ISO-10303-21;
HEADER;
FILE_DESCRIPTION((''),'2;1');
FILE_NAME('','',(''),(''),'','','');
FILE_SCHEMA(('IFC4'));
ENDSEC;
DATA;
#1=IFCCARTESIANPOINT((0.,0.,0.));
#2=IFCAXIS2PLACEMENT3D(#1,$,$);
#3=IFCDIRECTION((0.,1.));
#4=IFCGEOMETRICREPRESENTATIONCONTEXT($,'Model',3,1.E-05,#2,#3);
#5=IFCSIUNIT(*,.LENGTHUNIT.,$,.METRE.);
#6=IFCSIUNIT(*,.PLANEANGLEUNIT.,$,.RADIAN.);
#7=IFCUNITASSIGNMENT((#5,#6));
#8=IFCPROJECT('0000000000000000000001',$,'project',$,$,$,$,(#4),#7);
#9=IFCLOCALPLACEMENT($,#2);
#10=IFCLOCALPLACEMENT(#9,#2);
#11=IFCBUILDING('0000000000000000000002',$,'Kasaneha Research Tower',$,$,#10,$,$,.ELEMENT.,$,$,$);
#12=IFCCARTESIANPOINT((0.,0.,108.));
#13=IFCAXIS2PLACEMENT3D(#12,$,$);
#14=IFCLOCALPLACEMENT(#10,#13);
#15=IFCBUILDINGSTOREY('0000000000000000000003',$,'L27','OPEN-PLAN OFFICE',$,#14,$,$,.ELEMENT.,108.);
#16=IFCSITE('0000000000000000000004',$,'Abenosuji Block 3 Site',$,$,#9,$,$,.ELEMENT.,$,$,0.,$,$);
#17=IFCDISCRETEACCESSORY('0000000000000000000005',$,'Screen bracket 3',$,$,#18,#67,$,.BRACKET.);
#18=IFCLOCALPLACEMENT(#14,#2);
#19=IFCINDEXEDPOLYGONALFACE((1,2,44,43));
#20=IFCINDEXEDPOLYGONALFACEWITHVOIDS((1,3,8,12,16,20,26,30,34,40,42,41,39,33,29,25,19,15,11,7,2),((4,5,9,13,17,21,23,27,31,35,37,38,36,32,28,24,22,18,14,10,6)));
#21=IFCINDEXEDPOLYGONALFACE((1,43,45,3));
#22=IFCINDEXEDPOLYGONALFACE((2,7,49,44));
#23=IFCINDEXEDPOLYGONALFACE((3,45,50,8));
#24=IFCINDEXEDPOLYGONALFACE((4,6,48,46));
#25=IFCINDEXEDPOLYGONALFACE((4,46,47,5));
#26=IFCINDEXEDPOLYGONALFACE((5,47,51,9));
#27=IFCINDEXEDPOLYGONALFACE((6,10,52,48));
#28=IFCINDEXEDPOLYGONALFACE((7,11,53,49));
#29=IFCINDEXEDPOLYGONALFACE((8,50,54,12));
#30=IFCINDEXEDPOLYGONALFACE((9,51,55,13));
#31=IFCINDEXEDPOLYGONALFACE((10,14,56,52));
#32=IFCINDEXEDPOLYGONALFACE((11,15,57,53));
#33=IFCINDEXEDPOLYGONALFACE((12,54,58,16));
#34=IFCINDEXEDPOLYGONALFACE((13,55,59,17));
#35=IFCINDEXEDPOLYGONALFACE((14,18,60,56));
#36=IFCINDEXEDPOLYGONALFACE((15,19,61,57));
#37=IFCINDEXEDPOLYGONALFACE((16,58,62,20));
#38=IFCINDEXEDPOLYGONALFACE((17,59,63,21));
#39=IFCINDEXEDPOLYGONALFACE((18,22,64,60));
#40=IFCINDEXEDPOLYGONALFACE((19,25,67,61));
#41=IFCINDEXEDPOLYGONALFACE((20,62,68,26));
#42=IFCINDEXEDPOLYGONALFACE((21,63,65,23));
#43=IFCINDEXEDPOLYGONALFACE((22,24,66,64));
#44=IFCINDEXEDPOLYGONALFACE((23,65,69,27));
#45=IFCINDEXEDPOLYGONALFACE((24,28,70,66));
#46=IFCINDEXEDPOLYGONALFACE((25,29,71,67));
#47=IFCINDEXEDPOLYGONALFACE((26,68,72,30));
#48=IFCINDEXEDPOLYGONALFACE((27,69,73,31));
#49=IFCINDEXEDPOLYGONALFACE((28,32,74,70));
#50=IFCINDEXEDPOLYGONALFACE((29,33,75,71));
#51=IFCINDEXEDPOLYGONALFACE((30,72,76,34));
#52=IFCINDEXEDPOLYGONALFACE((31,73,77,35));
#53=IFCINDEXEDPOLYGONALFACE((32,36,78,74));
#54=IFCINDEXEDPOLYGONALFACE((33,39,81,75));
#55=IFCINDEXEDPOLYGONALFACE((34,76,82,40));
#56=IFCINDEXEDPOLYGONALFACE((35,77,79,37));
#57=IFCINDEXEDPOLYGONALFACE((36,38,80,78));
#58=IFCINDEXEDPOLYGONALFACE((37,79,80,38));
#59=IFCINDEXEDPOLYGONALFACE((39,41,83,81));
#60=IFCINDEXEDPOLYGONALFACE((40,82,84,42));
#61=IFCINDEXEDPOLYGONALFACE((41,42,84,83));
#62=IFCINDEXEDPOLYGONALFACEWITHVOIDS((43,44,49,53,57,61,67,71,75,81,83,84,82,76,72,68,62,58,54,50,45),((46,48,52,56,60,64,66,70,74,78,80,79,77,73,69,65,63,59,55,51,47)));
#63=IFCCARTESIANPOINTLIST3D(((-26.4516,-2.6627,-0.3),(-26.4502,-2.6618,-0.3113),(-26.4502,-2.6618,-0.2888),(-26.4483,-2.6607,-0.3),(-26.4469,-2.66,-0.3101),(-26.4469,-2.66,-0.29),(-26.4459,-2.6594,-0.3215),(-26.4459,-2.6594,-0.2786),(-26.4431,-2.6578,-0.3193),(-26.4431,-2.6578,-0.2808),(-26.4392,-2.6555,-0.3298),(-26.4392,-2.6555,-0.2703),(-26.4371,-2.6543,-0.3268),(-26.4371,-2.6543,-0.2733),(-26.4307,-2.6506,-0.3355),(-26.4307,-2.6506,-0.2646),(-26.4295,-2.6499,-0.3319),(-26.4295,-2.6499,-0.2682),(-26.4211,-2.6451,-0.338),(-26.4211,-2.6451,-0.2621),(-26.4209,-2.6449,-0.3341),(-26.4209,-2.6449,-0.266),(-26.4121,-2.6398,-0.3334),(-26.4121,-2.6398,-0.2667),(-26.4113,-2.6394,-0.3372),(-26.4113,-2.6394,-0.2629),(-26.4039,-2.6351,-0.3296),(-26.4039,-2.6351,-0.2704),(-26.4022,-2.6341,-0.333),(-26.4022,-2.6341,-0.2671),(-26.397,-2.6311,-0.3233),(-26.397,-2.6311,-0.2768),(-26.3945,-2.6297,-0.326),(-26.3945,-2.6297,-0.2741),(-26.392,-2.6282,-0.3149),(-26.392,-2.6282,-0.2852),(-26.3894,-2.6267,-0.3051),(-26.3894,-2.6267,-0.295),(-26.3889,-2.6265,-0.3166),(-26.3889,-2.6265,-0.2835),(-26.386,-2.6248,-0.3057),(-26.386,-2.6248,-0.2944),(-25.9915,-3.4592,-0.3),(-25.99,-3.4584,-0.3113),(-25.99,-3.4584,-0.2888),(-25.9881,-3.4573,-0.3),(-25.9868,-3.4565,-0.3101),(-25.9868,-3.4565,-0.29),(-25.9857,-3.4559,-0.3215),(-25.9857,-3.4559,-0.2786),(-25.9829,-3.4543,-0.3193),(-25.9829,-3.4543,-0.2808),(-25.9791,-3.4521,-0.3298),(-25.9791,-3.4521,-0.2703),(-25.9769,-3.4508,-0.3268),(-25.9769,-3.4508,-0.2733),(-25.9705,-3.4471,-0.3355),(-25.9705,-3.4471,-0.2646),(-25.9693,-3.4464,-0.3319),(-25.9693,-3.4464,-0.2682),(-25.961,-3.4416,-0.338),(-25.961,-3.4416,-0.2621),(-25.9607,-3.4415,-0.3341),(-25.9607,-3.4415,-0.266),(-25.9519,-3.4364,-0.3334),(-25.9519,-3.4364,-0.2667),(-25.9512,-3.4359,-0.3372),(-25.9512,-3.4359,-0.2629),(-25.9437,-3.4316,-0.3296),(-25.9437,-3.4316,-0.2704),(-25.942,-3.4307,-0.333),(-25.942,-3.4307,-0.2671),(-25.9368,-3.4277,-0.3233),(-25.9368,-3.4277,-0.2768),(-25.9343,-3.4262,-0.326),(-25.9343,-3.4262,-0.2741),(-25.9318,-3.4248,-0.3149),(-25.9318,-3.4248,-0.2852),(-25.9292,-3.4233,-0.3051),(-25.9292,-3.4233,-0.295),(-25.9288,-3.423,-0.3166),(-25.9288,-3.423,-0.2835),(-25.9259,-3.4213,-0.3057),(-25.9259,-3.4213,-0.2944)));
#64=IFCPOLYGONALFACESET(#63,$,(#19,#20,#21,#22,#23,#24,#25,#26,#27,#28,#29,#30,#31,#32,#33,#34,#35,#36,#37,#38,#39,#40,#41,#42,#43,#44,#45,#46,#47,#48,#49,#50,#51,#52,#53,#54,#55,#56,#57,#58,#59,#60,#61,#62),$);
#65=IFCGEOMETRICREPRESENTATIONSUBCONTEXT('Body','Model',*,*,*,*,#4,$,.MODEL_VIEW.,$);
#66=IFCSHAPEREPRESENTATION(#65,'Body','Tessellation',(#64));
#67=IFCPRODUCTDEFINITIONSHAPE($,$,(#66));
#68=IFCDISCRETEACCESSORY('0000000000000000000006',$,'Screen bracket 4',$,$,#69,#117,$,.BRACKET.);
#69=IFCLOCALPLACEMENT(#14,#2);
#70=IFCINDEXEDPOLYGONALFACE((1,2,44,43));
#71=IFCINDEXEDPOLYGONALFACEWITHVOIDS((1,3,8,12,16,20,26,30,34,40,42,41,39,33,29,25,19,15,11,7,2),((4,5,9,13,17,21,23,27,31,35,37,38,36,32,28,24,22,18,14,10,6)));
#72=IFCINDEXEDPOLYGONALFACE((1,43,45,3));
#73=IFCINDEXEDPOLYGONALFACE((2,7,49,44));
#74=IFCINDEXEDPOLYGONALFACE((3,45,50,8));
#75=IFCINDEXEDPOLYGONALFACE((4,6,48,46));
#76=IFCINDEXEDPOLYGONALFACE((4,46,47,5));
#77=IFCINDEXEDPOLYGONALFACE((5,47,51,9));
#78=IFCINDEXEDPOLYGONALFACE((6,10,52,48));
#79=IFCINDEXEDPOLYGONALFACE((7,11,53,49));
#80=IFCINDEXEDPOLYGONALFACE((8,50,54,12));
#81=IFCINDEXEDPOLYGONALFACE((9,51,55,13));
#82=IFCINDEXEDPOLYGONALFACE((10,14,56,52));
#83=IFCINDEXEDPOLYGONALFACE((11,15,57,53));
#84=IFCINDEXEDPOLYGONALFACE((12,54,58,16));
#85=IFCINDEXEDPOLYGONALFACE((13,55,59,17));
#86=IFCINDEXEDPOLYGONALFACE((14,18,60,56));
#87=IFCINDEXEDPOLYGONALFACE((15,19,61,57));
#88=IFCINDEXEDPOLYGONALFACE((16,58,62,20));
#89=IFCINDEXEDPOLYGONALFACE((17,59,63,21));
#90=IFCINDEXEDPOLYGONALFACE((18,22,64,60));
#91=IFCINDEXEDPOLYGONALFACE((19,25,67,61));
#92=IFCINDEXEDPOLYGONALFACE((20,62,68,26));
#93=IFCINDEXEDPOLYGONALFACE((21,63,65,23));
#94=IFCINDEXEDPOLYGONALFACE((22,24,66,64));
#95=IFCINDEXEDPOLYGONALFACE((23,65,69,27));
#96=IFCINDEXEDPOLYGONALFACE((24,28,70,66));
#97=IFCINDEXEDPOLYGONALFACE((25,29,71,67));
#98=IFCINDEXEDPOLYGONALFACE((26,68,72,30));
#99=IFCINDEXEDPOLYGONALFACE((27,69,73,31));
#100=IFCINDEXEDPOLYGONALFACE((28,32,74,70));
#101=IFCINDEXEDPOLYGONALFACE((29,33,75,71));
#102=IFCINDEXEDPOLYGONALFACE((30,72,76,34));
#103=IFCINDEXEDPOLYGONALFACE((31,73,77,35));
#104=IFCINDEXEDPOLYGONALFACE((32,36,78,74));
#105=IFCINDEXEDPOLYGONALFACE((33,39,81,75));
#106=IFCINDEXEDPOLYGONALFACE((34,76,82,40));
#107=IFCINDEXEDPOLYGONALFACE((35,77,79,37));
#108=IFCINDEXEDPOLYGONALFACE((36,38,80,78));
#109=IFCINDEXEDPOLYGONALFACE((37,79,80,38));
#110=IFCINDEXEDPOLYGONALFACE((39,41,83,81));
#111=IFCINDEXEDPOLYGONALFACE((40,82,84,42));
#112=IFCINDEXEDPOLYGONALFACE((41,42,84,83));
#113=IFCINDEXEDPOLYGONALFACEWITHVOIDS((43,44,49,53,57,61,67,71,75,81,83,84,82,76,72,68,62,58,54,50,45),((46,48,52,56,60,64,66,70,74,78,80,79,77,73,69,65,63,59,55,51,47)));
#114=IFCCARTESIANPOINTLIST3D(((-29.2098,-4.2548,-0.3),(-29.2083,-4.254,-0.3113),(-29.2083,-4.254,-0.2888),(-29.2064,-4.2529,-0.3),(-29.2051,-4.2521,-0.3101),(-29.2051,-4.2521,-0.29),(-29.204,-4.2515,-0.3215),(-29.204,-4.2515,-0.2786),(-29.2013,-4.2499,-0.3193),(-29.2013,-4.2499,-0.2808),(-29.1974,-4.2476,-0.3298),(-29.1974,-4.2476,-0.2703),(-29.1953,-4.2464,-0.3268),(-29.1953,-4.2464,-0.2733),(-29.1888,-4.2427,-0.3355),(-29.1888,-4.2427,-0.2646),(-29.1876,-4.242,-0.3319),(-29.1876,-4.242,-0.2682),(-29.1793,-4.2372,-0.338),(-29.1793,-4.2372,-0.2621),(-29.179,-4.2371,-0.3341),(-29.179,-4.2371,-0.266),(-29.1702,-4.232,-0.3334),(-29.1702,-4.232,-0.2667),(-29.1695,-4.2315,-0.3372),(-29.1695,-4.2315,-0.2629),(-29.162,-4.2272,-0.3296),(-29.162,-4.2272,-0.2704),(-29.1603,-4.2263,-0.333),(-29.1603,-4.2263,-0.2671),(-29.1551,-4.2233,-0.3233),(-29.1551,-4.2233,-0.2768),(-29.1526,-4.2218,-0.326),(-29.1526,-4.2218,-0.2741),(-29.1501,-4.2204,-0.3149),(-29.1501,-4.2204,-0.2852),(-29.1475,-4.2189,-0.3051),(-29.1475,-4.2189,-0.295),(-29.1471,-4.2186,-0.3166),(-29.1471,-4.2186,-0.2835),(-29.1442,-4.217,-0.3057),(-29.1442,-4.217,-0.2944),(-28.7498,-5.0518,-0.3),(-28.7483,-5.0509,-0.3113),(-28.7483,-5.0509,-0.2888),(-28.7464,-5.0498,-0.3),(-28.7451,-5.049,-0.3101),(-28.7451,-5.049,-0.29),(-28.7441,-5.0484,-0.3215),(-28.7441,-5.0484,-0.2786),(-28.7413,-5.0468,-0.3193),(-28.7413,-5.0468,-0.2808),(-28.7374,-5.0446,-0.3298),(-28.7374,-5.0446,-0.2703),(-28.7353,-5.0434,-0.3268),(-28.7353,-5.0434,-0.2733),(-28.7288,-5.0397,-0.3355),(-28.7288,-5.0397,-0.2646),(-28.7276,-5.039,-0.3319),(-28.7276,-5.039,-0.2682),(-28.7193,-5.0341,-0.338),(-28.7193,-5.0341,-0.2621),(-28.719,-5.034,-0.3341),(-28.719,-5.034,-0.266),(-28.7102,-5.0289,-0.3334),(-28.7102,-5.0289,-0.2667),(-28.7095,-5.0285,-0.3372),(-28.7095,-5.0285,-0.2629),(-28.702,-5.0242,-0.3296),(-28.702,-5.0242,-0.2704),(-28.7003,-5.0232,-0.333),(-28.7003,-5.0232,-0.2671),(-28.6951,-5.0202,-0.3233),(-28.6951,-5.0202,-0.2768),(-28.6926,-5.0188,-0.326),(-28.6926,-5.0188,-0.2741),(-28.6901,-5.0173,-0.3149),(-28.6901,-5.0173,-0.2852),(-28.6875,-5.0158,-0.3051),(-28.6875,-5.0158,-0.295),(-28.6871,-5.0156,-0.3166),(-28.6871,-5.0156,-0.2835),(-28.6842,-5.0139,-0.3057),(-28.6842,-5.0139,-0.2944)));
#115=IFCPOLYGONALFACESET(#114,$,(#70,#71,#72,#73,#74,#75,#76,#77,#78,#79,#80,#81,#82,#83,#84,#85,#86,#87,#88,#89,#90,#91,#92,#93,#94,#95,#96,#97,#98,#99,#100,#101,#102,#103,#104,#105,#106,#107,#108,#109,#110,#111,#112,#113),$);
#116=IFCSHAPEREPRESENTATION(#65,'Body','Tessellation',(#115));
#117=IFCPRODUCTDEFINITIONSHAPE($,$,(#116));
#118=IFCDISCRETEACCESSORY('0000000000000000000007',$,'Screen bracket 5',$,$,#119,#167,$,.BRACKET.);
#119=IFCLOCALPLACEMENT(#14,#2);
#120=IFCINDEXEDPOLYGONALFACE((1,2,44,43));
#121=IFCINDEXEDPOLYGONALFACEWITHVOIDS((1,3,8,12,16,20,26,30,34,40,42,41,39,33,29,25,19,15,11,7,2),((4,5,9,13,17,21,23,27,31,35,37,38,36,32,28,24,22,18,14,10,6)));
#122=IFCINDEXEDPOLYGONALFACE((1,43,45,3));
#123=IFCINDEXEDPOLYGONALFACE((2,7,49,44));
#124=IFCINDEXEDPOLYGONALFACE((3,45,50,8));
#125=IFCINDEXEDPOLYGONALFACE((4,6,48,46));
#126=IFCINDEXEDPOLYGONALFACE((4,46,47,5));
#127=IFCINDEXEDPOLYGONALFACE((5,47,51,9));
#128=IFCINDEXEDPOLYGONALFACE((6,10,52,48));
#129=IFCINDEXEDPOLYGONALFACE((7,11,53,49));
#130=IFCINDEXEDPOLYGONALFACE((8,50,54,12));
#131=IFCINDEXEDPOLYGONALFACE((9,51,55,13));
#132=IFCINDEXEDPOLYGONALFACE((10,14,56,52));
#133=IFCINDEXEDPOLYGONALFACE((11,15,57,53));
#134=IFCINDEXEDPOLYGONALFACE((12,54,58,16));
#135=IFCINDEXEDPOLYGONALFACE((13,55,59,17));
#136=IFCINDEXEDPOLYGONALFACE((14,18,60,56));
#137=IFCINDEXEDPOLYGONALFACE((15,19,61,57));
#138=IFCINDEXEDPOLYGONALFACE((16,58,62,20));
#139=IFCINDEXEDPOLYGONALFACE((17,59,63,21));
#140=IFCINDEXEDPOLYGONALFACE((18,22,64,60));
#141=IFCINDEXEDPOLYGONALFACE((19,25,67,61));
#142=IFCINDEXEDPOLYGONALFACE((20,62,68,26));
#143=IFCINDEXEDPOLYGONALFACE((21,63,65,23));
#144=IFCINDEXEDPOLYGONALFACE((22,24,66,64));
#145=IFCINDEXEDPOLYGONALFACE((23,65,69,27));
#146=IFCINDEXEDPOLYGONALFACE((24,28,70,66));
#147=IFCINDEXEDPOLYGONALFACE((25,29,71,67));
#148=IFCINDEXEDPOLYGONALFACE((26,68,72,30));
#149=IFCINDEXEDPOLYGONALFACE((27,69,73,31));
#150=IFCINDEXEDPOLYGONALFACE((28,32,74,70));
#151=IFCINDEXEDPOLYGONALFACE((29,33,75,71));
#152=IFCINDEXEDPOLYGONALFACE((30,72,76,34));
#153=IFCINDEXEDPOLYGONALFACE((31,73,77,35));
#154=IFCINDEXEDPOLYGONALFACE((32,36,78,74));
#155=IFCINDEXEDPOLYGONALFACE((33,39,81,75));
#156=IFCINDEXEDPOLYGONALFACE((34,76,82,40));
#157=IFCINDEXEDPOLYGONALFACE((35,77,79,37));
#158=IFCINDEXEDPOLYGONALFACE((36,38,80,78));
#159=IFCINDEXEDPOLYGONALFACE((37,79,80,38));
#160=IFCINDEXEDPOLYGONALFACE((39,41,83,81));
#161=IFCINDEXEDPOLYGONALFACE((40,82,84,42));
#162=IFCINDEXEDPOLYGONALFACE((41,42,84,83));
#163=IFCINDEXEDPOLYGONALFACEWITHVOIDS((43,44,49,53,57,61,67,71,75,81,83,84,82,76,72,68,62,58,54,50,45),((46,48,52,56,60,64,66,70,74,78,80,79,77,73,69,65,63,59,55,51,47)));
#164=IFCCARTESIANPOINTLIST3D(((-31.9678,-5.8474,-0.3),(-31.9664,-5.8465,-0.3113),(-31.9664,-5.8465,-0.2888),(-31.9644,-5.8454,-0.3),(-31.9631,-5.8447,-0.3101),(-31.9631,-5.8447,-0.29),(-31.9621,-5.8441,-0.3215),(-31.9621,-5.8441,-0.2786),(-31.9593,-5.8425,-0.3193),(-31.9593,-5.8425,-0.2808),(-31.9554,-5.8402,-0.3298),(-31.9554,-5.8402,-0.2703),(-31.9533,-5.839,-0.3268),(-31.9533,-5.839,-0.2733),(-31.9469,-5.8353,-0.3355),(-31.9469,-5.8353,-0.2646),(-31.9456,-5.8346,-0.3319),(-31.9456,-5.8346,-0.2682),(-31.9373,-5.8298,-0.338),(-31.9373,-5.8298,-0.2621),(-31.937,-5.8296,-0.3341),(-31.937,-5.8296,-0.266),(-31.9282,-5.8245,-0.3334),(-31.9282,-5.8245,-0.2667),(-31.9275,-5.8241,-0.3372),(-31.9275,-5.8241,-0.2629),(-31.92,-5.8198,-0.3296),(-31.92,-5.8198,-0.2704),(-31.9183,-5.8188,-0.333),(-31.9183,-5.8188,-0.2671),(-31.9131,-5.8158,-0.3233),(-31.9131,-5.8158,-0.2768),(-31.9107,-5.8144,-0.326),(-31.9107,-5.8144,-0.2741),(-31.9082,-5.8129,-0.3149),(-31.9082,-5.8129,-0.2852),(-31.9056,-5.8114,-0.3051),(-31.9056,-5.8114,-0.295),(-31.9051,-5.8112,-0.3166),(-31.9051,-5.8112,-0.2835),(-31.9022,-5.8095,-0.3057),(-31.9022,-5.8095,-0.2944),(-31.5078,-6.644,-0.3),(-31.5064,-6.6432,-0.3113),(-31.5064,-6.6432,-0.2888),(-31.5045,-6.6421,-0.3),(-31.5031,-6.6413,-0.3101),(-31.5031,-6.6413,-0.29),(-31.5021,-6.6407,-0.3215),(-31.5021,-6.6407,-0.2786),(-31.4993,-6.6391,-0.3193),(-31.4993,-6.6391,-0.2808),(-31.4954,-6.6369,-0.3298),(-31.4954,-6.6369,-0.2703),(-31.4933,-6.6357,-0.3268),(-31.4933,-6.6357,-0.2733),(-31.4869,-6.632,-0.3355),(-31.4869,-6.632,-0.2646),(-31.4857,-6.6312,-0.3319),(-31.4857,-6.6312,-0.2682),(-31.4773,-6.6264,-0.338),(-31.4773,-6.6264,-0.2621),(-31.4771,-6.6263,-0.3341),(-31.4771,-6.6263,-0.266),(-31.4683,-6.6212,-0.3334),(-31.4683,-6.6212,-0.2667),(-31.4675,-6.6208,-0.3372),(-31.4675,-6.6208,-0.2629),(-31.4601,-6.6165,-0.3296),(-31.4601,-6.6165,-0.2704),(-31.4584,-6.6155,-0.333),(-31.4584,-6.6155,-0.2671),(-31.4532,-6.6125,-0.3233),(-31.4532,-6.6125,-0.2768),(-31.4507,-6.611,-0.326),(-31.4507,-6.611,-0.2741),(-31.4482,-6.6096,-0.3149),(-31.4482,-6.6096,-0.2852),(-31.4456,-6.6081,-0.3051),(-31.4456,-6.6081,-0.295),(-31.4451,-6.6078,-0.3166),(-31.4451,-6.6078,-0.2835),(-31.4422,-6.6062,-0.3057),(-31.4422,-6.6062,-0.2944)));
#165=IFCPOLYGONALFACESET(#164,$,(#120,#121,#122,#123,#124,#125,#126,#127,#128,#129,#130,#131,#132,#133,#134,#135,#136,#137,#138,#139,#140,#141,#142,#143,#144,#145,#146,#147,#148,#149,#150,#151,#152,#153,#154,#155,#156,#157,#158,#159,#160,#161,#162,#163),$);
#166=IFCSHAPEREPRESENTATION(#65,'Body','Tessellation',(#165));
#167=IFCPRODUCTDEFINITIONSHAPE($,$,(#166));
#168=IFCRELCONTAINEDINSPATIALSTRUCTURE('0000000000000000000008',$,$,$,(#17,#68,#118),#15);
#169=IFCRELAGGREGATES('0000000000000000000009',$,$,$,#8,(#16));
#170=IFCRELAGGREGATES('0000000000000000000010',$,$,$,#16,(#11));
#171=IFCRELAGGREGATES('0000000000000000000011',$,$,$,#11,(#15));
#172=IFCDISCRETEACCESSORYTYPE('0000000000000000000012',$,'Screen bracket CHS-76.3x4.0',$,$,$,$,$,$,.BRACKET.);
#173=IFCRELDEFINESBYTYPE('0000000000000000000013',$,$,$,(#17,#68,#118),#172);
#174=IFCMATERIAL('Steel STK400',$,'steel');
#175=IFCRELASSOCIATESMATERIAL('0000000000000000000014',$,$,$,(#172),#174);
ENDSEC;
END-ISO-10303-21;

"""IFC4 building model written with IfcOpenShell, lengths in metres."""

from ifc_helpers import new_model, si_unit, direction, frame, origin, origin_2d, place, context, subcontext, project, spatial, hollow_circle, extrude, material, material_profile, profile_set, type_object, element, save


model = new_model("IFC4")

# Units and contexts
model_context = context("Model", 3, precision=1e-05, world=origin(), true_north=direction((0.0, 1.0)))
body_context = subcontext(model_context, "Body", "Model", "MODEL_VIEW")
ifc_project = project(units=[si_unit("LENGTHUNIT", "METRE"), si_unit("PLANEANGLEUNIT", "RADIAN")], contexts=[model_context])

# Site, building, storey
site_placement = place(None, origin())
site = spatial("IfcSite", under=ifc_project, at=site_placement, Name="Abenosuji Block 3 Site", CompositionType="ELEMENT", RefElevation=0.0)
building_placement = place(site_placement, origin())
building = spatial("IfcBuilding", under=site, at=building_placement, Name="Kasaneha Research Tower", CompositionType="ELEMENT")
storey_placement = place(building_placement, frame((0.0, 0.0, 108.0)))
storey = spatial("IfcBuildingStorey", under=building, at=storey_placement, Name="L27", Description="OPEN-PLAN OFFICE", CompositionType="ELEMENT", Elevation=108.0)

# Discrete accessories
ifc_material_1 = material(Name="Steel STK400", Category="steel")
ifc_material_profile_1 = material_profile(ifc_material_1, hollow_circle(Radius=0.0381, WallThickness=0.0039, at=origin_2d()), Name="CHS-76.3x4.0")
ifc_profile_set_1 = profile_set([ifc_material_profile_1], Name="Steel STK400")
discrete_accessory_type = type_object("IfcDiscreteAccessoryType", Name="Screen bracket CHS-76.3x4.0", PredefinedType="BRACKET", material=ifc_profile_set_1)
discrete_accessory_1_placement = place(storey_placement, frame((-25.9585, -3.4402, -0.3), z_axis=(-0.50022, 0.865898, 0.0), x_axis=(-0.865898, -0.50022, 0.0)))
element("IfcDiscreteAccessory", 1, at=discrete_accessory_1_placement, inside=storey, type_object=discrete_accessory_type, Name="Screen bracket 3", PredefinedType="BRACKET", context=body_context, shape_type="SweptSolid", body=[
    extrude(hollow_circle(Radius=0.0381, WallThickness=0.0039, at=origin_2d()), origin(), (0.0, 0.0, 1.0), 0.9199),
])
discrete_accessory_2_placement = place(storey_placement, frame((-28.7168, -5.0327, -0.3), z_axis=(-0.499906, 0.86608, 0.0), x_axis=(-0.86608, -0.499906, 0.0)))
element("IfcDiscreteAccessory", 2, at=discrete_accessory_2_placement, inside=storey, type_object=discrete_accessory_type, Name="Screen bracket 4", PredefinedType="BRACKET", context=body_context, shape_type="SweptSolid", body=[
    extrude(hollow_circle(Radius=0.0381, WallThickness=0.0039, at=origin_2d()), origin(), (0.0, 0.0, 1.0), 0.9202),
])
discrete_accessory_3_placement = place(storey_placement, frame((-31.4749, -6.625, -0.3), z_axis=(-0.500021, 0.866013, 0.0), x_axis=(-0.866013, -0.500021, 0.0)))
element("IfcDiscreteAccessory", 3, at=discrete_accessory_3_placement, inside=storey, type_object=discrete_accessory_type, Name="Screen bracket 5", PredefinedType="BRACKET", context=body_context, shape_type="SweptSolid", body=[
    extrude(hollow_circle(Radius=0.0381, WallThickness=0.0039, at=origin_2d()), origin(), (0.0, 0.0, 1.0), 0.9199),
])

save(model, "model.ifc")
